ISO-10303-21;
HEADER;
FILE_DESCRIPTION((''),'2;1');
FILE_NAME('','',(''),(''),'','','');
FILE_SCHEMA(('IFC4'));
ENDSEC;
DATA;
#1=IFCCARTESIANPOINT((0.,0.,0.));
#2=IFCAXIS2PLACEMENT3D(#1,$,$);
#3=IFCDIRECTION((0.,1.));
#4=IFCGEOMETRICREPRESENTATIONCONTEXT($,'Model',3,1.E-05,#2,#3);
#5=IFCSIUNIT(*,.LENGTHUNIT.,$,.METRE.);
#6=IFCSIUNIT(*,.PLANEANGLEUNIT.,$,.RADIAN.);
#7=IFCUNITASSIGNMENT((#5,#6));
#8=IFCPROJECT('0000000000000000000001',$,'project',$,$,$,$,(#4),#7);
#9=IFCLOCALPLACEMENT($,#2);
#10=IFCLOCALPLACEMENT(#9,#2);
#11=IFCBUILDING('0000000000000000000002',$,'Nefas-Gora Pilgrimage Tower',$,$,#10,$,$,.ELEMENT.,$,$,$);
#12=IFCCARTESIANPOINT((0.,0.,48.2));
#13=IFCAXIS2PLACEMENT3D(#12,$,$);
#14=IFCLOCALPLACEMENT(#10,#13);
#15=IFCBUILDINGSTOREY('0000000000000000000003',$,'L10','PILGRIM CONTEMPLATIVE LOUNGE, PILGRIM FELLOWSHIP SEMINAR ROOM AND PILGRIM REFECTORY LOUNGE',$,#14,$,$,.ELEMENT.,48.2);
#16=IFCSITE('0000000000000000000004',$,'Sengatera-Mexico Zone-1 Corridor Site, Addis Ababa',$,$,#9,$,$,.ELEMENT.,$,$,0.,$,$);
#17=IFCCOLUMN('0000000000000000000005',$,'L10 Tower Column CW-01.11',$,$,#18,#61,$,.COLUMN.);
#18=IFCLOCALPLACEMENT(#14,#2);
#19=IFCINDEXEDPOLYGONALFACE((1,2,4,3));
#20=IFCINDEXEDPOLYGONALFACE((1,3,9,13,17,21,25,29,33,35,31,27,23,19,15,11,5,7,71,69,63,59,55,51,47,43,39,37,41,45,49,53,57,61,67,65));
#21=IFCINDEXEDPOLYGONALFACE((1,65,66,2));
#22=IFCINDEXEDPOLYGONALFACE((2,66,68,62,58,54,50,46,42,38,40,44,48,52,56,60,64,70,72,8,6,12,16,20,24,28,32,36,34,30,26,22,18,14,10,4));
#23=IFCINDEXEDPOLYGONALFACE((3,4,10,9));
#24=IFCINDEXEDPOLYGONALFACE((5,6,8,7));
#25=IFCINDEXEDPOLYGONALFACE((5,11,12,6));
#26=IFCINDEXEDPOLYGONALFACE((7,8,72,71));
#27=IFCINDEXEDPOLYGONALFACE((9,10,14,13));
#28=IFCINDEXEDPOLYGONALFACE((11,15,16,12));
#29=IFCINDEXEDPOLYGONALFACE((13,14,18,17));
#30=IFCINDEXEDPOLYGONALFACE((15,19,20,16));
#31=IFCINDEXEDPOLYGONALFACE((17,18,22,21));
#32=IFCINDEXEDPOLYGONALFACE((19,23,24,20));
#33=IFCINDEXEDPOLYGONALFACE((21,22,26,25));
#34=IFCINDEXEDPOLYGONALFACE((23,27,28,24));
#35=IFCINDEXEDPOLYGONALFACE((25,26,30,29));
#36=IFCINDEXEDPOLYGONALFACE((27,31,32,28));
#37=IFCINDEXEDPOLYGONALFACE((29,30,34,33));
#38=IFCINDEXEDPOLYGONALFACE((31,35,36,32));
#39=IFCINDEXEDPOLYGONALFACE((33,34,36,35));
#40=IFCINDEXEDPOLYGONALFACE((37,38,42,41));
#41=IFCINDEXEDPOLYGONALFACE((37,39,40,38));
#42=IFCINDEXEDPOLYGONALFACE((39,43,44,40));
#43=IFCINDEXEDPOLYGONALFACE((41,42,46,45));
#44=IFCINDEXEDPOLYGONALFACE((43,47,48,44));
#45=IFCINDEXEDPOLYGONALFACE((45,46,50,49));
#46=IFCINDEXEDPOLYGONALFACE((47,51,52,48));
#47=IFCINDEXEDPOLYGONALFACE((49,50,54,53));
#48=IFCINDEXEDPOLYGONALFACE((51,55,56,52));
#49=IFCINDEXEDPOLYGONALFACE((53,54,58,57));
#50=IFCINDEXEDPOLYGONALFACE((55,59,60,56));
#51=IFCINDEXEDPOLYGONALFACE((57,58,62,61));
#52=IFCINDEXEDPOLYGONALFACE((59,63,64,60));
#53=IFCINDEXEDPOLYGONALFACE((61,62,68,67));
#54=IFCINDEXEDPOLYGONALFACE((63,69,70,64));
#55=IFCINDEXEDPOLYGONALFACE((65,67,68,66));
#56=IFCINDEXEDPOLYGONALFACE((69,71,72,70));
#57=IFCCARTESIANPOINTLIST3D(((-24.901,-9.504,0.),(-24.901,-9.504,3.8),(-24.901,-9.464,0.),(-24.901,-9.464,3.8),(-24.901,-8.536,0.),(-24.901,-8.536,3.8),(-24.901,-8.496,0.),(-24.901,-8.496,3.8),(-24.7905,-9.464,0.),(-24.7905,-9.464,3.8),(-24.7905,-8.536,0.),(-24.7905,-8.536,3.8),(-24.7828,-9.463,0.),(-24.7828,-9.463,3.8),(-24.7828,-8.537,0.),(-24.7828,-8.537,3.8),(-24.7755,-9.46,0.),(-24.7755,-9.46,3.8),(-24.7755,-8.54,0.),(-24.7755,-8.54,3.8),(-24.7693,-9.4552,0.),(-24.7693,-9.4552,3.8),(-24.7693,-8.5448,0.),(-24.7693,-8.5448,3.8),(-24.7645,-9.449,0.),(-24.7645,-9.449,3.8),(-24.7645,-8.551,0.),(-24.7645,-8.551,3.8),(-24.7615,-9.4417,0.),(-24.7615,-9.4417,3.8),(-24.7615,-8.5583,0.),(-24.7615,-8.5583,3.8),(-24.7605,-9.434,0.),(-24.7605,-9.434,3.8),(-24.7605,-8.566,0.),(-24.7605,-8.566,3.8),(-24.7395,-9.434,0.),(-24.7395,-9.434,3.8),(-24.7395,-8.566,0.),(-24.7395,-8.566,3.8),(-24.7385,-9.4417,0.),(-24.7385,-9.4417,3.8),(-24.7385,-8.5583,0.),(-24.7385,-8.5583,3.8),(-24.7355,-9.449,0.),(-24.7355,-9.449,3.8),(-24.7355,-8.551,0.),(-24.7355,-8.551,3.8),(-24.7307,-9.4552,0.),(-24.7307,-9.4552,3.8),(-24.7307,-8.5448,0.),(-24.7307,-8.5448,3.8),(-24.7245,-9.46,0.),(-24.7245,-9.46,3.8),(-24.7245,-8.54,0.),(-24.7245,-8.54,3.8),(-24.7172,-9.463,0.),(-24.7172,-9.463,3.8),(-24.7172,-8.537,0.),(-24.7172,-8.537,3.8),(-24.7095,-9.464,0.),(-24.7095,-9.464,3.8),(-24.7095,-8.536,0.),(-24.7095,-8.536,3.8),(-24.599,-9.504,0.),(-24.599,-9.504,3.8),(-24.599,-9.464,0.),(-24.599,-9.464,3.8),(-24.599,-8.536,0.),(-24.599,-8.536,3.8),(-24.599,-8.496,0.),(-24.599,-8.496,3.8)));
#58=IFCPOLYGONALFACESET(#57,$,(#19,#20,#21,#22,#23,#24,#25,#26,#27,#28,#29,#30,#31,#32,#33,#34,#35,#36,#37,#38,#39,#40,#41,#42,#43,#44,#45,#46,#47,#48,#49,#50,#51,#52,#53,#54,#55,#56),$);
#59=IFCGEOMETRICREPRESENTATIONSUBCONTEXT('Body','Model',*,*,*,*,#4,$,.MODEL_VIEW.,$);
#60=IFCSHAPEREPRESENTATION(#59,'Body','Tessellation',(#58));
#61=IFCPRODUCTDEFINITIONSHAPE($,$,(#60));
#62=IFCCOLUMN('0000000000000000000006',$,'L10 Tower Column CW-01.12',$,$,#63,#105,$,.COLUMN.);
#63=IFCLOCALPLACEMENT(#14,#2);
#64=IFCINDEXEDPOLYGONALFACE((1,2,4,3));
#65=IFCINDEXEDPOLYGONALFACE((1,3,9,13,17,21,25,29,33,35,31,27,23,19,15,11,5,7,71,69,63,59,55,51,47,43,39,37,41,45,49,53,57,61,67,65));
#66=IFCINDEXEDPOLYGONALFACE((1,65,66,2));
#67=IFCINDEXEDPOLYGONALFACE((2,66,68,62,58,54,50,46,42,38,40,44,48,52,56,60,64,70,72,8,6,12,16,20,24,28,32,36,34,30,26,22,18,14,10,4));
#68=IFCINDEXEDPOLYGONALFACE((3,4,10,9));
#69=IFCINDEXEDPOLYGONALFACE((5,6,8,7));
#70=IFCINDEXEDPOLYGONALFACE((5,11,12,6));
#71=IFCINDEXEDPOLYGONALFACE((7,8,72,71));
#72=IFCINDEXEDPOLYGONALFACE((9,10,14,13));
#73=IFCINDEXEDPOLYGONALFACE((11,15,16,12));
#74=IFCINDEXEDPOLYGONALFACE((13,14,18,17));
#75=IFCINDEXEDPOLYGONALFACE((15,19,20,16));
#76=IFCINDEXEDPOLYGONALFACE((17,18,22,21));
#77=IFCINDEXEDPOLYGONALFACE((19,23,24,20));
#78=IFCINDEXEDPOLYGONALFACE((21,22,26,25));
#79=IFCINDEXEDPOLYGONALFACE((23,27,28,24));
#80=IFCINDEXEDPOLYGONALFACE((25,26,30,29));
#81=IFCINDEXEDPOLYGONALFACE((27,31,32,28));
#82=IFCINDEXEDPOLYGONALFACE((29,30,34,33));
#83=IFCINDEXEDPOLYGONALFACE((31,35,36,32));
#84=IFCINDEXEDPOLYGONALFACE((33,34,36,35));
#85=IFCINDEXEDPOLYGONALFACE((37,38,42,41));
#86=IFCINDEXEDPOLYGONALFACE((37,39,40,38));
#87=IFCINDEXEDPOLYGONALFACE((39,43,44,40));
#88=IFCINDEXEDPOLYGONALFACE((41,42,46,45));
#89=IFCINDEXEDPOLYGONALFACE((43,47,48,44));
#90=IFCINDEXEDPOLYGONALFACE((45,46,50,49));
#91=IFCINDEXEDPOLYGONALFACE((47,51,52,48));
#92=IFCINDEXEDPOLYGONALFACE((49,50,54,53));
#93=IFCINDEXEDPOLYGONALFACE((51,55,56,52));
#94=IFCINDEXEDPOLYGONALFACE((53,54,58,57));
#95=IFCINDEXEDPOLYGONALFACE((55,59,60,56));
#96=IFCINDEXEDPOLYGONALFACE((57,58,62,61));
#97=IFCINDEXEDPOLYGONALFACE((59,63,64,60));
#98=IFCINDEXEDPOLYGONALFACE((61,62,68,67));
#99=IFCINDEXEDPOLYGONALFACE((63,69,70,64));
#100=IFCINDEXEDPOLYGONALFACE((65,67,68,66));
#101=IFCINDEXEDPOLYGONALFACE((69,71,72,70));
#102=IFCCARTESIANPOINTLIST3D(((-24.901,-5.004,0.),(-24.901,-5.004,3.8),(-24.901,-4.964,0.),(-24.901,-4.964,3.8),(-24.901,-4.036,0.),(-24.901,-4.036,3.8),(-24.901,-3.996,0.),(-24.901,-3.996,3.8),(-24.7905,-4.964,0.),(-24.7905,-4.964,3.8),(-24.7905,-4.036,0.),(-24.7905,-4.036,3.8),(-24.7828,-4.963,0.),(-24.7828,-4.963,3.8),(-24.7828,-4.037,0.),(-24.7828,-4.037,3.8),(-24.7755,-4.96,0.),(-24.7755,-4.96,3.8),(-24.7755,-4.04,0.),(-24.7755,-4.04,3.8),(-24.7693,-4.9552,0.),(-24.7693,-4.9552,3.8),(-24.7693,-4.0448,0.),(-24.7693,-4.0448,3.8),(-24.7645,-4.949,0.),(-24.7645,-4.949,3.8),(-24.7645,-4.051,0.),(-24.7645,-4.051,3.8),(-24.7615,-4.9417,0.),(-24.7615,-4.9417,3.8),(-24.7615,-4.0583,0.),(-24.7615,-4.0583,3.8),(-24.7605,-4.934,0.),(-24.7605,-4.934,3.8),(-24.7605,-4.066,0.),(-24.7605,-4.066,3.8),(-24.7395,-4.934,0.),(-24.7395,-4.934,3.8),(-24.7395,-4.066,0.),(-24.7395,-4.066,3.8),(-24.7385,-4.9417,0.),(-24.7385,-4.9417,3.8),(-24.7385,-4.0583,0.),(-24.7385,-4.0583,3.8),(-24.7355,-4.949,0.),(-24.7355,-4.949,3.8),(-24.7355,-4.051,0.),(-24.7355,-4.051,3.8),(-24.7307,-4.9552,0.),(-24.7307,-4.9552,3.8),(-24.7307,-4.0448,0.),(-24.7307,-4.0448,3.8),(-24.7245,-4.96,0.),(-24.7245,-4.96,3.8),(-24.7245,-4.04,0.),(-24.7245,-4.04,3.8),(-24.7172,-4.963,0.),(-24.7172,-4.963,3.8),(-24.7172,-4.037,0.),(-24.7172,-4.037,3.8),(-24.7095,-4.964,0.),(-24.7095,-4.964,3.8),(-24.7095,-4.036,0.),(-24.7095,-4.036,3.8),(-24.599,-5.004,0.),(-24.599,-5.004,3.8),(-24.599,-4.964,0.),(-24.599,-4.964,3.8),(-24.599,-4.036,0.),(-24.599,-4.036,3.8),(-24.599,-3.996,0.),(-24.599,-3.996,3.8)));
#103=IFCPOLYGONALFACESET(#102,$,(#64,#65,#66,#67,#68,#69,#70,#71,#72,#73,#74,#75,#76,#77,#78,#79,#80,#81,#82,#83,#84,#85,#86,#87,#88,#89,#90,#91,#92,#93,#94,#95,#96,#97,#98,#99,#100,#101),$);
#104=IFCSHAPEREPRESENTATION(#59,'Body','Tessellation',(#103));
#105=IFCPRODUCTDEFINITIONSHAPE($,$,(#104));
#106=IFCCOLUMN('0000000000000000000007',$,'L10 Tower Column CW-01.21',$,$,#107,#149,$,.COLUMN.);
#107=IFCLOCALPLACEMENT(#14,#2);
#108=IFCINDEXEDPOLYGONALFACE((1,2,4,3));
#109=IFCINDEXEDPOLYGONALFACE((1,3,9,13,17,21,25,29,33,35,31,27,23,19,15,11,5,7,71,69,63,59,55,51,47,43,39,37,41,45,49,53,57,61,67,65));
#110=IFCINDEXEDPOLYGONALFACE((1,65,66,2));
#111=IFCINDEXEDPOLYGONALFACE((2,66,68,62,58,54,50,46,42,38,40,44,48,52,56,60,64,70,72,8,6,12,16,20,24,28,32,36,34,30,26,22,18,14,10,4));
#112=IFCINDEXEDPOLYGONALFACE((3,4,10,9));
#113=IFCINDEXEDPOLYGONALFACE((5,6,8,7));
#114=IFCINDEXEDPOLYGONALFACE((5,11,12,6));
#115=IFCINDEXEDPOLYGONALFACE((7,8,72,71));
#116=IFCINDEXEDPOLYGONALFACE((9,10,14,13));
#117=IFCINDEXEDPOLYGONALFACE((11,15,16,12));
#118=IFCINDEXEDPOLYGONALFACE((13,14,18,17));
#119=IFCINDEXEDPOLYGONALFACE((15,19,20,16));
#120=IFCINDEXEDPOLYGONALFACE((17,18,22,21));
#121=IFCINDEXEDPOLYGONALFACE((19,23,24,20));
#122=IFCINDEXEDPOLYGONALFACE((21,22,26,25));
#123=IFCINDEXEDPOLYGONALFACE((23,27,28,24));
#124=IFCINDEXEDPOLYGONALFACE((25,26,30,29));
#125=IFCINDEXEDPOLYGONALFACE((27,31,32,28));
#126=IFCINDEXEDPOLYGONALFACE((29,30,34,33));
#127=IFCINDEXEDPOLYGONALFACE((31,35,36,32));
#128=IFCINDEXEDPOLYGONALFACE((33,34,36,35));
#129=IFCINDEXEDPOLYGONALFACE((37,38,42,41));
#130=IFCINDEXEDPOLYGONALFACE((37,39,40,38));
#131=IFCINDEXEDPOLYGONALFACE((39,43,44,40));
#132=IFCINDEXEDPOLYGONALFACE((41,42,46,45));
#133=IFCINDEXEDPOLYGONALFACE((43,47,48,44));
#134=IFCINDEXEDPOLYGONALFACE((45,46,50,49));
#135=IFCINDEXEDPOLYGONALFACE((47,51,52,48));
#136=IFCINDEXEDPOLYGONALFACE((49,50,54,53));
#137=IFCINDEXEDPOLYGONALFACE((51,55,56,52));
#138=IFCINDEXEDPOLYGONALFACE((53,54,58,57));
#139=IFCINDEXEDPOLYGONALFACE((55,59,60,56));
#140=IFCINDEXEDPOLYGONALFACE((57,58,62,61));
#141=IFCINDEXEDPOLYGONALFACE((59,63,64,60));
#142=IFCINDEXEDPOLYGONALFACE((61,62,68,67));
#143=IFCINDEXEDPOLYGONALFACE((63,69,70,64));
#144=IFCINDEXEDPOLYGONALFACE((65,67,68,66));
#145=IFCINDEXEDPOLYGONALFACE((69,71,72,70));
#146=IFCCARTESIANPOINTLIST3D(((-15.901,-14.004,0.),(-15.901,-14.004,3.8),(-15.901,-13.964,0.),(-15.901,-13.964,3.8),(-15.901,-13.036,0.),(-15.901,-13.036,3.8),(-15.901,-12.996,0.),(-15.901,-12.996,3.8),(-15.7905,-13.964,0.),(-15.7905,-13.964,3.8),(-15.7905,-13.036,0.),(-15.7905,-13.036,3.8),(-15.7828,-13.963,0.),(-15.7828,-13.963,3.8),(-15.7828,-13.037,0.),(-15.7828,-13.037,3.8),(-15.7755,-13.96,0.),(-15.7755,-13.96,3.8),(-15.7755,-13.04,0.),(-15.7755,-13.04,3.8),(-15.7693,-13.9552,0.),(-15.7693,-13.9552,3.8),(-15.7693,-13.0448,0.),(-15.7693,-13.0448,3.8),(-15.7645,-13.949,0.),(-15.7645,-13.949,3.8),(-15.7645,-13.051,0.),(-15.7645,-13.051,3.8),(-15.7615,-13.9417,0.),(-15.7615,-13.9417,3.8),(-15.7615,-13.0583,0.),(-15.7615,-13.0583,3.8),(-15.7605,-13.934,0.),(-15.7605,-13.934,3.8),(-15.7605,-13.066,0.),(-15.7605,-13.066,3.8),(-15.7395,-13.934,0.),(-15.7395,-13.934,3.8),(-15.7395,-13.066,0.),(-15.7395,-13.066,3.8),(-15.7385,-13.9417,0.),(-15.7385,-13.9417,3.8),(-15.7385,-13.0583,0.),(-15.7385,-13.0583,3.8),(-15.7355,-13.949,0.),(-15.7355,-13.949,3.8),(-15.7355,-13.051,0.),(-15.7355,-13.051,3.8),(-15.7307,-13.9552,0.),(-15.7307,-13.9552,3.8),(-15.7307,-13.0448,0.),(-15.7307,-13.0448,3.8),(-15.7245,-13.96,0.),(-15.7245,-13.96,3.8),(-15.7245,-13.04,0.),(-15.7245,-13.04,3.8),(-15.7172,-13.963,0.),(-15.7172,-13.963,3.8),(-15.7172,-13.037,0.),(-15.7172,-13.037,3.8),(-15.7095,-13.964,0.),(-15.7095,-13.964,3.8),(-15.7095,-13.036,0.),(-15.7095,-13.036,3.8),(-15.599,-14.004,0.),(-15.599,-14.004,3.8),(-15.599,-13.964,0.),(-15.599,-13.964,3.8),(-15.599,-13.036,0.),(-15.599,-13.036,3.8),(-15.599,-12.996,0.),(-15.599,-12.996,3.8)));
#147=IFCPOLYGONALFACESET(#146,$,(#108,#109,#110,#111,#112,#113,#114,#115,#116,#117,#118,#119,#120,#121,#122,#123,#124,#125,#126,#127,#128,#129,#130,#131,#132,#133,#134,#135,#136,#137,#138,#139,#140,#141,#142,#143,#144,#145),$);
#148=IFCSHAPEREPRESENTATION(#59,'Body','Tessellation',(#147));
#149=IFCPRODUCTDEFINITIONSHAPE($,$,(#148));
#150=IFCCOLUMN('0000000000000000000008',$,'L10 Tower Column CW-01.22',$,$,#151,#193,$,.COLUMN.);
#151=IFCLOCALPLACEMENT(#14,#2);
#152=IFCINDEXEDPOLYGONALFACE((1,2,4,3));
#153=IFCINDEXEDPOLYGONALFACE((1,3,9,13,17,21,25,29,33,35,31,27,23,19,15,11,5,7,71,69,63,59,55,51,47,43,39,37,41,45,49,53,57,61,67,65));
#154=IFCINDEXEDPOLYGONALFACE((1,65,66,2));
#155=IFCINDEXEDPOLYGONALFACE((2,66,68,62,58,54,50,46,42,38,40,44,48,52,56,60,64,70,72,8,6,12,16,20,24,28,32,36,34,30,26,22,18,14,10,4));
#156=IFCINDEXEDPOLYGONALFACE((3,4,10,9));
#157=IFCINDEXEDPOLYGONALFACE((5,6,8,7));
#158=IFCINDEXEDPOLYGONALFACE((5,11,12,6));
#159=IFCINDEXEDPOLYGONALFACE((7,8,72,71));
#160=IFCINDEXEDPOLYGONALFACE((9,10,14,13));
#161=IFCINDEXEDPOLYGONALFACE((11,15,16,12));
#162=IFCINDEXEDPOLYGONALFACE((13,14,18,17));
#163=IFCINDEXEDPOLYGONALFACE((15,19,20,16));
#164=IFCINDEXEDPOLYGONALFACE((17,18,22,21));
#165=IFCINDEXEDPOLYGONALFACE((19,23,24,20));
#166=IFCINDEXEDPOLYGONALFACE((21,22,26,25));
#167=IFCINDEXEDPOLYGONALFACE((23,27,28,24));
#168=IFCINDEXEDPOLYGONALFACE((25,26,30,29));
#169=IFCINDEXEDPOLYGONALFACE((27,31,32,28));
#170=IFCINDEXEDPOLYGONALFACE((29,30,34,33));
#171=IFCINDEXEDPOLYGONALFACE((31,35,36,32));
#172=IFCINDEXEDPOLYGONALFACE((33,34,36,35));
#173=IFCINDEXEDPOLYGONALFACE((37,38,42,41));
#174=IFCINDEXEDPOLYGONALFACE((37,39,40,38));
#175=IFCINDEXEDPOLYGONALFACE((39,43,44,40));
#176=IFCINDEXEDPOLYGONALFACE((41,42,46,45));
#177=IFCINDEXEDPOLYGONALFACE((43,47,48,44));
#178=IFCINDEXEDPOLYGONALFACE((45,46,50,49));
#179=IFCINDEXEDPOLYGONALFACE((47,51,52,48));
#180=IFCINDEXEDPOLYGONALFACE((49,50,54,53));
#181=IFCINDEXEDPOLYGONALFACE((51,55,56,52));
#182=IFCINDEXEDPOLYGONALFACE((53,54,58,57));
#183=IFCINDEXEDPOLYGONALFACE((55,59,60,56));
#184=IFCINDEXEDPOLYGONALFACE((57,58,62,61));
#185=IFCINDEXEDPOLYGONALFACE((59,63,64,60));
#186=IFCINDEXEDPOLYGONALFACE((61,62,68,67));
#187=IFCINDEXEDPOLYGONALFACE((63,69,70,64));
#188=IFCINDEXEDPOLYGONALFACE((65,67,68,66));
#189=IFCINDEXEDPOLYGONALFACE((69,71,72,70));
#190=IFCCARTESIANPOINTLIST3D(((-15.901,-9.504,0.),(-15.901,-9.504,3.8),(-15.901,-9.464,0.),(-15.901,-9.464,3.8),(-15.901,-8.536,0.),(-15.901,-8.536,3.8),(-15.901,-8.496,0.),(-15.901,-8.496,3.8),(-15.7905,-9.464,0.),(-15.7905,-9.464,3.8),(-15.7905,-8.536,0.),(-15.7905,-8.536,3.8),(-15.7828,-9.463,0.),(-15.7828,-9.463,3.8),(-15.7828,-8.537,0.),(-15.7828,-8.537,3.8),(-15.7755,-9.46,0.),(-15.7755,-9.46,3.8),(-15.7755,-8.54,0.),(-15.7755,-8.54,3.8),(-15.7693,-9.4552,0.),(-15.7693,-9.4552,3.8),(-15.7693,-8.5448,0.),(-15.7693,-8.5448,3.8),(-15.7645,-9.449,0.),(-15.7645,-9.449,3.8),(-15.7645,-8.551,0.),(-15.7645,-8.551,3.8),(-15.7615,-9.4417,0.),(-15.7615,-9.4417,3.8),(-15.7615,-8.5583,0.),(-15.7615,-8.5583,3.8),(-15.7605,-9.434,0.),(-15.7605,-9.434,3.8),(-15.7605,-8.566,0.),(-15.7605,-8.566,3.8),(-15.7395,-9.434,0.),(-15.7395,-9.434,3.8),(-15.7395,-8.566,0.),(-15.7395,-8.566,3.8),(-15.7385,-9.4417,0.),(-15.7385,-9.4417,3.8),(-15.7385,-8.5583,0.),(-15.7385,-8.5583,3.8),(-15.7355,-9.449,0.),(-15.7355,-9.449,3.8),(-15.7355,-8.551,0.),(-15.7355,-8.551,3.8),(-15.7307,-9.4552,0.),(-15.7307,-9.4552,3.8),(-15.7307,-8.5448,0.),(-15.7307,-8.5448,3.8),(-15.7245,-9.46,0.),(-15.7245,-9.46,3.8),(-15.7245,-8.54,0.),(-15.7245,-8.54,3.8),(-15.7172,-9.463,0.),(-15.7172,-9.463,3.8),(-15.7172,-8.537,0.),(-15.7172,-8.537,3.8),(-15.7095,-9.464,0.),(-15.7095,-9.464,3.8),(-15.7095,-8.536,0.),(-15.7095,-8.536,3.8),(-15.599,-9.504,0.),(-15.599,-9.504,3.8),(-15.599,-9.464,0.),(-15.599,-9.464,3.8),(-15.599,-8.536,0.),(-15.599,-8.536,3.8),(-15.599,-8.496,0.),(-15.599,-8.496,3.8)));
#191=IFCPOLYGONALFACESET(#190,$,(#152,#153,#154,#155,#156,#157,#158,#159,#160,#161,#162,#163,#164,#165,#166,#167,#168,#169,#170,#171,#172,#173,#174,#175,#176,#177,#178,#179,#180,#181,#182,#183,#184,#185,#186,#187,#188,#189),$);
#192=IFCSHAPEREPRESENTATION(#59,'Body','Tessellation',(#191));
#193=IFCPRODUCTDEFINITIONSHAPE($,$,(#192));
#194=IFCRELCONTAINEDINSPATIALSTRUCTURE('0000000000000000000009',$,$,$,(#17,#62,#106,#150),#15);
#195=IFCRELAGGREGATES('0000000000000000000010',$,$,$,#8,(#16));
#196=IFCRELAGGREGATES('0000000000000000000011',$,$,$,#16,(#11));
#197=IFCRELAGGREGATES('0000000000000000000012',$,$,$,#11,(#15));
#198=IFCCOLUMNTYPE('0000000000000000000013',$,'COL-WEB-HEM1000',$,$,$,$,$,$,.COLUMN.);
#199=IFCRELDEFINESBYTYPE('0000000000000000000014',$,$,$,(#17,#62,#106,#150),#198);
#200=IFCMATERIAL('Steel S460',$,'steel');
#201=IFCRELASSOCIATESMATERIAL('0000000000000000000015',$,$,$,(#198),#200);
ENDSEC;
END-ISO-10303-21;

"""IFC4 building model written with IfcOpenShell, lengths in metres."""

from ifc_helpers import new_model, si_unit, direction, frame, origin, origin_2d, place, context, subcontext, project, spatial, i_section, extrude, source, transform, mapped, material, material_profile, profile_set, type_object, element, save


model = new_model("IFC4")

# Units and contexts
model_context = context("Model", 3, precision=1e-05, world=origin(), true_north=direction((0.0, 1.0)))
body_context = subcontext(model_context, "Body", "Model", "MODEL_VIEW")
ifc_project = project(units=[si_unit("LENGTHUNIT", "METRE"), si_unit("PLANEANGLEUNIT", "RADIAN")], contexts=[model_context])

# Site, building, storey
site_placement = place(None, origin())
site = spatial("IfcSite", under=ifc_project, at=site_placement, Name="Sengatera-Mexico Zone-1 Corridor Site, Addis Ababa", CompositionType="ELEMENT", RefElevation=0.0)
building_placement = place(site_placement, origin())
building = spatial("IfcBuilding", under=site, at=building_placement, Name="Nefas-Gora Pilgrimage Tower", CompositionType="ELEMENT")
storey_placement = place(building_placement, frame((0.0, 0.0, 48.2)))
storey = spatial("IfcBuildingStorey", under=building, at=storey_placement, Name="L10", Description="PILGRIM CONTEMPLATIVE LOUNGE, PILGRIM FELLOWSHIP SEMINAR ROOM AND PILGRIM REFECTORY LOUNGE", CompositionType="ELEMENT", Elevation=48.2)

# Columns
ifc_material_1 = material(Name="Steel S460", Category="steel")
ifc_material_profile_1 = material_profile(ifc_material_1, i_section(OverallWidth=0.302, OverallDepth=1.0081, WebThickness=0.021, FlangeThickness=0.04, FilletRadius=0.03, at=origin_2d()), Name="HEM 1000")
ifc_profile_set_1 = profile_set([ifc_material_profile_1], Name="Steel S460")
column_type_1 = type_object("IfcColumnType", Name="COL-WEB-HEM1000", PredefinedType="COLUMN", material=ifc_profile_set_1)
shared_shape_1 = source(origin(), body_context, "Body", "SweptSolid", [
    extrude(i_section(OverallWidth=0.302, OverallDepth=1.0081, WebThickness=0.021, FlangeThickness=0.04, FilletRadius=0.03, at=origin_2d()), origin(), (0.0, 0.0, 1.0), 3.8),
])
for number, where, z_axis, x_axis, name in (
    (1, (-24.75, -9.0, 0.0), (0.0, 0.0, 1.0), (1.0, 0.0, 0.0), "L10 Tower Column CW-01.11"),
    (2, (-24.75, -4.5, 0.0), (0.0, 0.0, 1.0), (1.0, 0.0, 0.0), "L10 Tower Column CW-01.12"),
    (3, (-15.75, -13.5, 0.0), (0.0, 0.0, 1.0), (1.0, 0.0, 0.0), "L10 Tower Column CW-01.21"),
    (4, (-15.75, -9.0, 0.0), (0.0, 0.0, 1.0), (1.0, 0.0, 0.0), "L10 Tower Column CW-01.22"),
):
    element("IfcColumn", number, at=place(storey_placement, frame(where, z_axis=z_axis, x_axis=x_axis)), inside=storey, type_object=column_type_1, Name=name, PredefinedType="COLUMN", context=body_context, shape_type="MappedRepresentation", body=[
        mapped(shared_shape_1, transform((0.0, 0.0, 0.0), x_axis=(1.0, 0.0, 0.0), y_axis=(0.0, 1.0, 0.0), z_axis=(0.0, 0.0, 1.0), scale=1.0)),
    ])

save(model, "model.ifc")
